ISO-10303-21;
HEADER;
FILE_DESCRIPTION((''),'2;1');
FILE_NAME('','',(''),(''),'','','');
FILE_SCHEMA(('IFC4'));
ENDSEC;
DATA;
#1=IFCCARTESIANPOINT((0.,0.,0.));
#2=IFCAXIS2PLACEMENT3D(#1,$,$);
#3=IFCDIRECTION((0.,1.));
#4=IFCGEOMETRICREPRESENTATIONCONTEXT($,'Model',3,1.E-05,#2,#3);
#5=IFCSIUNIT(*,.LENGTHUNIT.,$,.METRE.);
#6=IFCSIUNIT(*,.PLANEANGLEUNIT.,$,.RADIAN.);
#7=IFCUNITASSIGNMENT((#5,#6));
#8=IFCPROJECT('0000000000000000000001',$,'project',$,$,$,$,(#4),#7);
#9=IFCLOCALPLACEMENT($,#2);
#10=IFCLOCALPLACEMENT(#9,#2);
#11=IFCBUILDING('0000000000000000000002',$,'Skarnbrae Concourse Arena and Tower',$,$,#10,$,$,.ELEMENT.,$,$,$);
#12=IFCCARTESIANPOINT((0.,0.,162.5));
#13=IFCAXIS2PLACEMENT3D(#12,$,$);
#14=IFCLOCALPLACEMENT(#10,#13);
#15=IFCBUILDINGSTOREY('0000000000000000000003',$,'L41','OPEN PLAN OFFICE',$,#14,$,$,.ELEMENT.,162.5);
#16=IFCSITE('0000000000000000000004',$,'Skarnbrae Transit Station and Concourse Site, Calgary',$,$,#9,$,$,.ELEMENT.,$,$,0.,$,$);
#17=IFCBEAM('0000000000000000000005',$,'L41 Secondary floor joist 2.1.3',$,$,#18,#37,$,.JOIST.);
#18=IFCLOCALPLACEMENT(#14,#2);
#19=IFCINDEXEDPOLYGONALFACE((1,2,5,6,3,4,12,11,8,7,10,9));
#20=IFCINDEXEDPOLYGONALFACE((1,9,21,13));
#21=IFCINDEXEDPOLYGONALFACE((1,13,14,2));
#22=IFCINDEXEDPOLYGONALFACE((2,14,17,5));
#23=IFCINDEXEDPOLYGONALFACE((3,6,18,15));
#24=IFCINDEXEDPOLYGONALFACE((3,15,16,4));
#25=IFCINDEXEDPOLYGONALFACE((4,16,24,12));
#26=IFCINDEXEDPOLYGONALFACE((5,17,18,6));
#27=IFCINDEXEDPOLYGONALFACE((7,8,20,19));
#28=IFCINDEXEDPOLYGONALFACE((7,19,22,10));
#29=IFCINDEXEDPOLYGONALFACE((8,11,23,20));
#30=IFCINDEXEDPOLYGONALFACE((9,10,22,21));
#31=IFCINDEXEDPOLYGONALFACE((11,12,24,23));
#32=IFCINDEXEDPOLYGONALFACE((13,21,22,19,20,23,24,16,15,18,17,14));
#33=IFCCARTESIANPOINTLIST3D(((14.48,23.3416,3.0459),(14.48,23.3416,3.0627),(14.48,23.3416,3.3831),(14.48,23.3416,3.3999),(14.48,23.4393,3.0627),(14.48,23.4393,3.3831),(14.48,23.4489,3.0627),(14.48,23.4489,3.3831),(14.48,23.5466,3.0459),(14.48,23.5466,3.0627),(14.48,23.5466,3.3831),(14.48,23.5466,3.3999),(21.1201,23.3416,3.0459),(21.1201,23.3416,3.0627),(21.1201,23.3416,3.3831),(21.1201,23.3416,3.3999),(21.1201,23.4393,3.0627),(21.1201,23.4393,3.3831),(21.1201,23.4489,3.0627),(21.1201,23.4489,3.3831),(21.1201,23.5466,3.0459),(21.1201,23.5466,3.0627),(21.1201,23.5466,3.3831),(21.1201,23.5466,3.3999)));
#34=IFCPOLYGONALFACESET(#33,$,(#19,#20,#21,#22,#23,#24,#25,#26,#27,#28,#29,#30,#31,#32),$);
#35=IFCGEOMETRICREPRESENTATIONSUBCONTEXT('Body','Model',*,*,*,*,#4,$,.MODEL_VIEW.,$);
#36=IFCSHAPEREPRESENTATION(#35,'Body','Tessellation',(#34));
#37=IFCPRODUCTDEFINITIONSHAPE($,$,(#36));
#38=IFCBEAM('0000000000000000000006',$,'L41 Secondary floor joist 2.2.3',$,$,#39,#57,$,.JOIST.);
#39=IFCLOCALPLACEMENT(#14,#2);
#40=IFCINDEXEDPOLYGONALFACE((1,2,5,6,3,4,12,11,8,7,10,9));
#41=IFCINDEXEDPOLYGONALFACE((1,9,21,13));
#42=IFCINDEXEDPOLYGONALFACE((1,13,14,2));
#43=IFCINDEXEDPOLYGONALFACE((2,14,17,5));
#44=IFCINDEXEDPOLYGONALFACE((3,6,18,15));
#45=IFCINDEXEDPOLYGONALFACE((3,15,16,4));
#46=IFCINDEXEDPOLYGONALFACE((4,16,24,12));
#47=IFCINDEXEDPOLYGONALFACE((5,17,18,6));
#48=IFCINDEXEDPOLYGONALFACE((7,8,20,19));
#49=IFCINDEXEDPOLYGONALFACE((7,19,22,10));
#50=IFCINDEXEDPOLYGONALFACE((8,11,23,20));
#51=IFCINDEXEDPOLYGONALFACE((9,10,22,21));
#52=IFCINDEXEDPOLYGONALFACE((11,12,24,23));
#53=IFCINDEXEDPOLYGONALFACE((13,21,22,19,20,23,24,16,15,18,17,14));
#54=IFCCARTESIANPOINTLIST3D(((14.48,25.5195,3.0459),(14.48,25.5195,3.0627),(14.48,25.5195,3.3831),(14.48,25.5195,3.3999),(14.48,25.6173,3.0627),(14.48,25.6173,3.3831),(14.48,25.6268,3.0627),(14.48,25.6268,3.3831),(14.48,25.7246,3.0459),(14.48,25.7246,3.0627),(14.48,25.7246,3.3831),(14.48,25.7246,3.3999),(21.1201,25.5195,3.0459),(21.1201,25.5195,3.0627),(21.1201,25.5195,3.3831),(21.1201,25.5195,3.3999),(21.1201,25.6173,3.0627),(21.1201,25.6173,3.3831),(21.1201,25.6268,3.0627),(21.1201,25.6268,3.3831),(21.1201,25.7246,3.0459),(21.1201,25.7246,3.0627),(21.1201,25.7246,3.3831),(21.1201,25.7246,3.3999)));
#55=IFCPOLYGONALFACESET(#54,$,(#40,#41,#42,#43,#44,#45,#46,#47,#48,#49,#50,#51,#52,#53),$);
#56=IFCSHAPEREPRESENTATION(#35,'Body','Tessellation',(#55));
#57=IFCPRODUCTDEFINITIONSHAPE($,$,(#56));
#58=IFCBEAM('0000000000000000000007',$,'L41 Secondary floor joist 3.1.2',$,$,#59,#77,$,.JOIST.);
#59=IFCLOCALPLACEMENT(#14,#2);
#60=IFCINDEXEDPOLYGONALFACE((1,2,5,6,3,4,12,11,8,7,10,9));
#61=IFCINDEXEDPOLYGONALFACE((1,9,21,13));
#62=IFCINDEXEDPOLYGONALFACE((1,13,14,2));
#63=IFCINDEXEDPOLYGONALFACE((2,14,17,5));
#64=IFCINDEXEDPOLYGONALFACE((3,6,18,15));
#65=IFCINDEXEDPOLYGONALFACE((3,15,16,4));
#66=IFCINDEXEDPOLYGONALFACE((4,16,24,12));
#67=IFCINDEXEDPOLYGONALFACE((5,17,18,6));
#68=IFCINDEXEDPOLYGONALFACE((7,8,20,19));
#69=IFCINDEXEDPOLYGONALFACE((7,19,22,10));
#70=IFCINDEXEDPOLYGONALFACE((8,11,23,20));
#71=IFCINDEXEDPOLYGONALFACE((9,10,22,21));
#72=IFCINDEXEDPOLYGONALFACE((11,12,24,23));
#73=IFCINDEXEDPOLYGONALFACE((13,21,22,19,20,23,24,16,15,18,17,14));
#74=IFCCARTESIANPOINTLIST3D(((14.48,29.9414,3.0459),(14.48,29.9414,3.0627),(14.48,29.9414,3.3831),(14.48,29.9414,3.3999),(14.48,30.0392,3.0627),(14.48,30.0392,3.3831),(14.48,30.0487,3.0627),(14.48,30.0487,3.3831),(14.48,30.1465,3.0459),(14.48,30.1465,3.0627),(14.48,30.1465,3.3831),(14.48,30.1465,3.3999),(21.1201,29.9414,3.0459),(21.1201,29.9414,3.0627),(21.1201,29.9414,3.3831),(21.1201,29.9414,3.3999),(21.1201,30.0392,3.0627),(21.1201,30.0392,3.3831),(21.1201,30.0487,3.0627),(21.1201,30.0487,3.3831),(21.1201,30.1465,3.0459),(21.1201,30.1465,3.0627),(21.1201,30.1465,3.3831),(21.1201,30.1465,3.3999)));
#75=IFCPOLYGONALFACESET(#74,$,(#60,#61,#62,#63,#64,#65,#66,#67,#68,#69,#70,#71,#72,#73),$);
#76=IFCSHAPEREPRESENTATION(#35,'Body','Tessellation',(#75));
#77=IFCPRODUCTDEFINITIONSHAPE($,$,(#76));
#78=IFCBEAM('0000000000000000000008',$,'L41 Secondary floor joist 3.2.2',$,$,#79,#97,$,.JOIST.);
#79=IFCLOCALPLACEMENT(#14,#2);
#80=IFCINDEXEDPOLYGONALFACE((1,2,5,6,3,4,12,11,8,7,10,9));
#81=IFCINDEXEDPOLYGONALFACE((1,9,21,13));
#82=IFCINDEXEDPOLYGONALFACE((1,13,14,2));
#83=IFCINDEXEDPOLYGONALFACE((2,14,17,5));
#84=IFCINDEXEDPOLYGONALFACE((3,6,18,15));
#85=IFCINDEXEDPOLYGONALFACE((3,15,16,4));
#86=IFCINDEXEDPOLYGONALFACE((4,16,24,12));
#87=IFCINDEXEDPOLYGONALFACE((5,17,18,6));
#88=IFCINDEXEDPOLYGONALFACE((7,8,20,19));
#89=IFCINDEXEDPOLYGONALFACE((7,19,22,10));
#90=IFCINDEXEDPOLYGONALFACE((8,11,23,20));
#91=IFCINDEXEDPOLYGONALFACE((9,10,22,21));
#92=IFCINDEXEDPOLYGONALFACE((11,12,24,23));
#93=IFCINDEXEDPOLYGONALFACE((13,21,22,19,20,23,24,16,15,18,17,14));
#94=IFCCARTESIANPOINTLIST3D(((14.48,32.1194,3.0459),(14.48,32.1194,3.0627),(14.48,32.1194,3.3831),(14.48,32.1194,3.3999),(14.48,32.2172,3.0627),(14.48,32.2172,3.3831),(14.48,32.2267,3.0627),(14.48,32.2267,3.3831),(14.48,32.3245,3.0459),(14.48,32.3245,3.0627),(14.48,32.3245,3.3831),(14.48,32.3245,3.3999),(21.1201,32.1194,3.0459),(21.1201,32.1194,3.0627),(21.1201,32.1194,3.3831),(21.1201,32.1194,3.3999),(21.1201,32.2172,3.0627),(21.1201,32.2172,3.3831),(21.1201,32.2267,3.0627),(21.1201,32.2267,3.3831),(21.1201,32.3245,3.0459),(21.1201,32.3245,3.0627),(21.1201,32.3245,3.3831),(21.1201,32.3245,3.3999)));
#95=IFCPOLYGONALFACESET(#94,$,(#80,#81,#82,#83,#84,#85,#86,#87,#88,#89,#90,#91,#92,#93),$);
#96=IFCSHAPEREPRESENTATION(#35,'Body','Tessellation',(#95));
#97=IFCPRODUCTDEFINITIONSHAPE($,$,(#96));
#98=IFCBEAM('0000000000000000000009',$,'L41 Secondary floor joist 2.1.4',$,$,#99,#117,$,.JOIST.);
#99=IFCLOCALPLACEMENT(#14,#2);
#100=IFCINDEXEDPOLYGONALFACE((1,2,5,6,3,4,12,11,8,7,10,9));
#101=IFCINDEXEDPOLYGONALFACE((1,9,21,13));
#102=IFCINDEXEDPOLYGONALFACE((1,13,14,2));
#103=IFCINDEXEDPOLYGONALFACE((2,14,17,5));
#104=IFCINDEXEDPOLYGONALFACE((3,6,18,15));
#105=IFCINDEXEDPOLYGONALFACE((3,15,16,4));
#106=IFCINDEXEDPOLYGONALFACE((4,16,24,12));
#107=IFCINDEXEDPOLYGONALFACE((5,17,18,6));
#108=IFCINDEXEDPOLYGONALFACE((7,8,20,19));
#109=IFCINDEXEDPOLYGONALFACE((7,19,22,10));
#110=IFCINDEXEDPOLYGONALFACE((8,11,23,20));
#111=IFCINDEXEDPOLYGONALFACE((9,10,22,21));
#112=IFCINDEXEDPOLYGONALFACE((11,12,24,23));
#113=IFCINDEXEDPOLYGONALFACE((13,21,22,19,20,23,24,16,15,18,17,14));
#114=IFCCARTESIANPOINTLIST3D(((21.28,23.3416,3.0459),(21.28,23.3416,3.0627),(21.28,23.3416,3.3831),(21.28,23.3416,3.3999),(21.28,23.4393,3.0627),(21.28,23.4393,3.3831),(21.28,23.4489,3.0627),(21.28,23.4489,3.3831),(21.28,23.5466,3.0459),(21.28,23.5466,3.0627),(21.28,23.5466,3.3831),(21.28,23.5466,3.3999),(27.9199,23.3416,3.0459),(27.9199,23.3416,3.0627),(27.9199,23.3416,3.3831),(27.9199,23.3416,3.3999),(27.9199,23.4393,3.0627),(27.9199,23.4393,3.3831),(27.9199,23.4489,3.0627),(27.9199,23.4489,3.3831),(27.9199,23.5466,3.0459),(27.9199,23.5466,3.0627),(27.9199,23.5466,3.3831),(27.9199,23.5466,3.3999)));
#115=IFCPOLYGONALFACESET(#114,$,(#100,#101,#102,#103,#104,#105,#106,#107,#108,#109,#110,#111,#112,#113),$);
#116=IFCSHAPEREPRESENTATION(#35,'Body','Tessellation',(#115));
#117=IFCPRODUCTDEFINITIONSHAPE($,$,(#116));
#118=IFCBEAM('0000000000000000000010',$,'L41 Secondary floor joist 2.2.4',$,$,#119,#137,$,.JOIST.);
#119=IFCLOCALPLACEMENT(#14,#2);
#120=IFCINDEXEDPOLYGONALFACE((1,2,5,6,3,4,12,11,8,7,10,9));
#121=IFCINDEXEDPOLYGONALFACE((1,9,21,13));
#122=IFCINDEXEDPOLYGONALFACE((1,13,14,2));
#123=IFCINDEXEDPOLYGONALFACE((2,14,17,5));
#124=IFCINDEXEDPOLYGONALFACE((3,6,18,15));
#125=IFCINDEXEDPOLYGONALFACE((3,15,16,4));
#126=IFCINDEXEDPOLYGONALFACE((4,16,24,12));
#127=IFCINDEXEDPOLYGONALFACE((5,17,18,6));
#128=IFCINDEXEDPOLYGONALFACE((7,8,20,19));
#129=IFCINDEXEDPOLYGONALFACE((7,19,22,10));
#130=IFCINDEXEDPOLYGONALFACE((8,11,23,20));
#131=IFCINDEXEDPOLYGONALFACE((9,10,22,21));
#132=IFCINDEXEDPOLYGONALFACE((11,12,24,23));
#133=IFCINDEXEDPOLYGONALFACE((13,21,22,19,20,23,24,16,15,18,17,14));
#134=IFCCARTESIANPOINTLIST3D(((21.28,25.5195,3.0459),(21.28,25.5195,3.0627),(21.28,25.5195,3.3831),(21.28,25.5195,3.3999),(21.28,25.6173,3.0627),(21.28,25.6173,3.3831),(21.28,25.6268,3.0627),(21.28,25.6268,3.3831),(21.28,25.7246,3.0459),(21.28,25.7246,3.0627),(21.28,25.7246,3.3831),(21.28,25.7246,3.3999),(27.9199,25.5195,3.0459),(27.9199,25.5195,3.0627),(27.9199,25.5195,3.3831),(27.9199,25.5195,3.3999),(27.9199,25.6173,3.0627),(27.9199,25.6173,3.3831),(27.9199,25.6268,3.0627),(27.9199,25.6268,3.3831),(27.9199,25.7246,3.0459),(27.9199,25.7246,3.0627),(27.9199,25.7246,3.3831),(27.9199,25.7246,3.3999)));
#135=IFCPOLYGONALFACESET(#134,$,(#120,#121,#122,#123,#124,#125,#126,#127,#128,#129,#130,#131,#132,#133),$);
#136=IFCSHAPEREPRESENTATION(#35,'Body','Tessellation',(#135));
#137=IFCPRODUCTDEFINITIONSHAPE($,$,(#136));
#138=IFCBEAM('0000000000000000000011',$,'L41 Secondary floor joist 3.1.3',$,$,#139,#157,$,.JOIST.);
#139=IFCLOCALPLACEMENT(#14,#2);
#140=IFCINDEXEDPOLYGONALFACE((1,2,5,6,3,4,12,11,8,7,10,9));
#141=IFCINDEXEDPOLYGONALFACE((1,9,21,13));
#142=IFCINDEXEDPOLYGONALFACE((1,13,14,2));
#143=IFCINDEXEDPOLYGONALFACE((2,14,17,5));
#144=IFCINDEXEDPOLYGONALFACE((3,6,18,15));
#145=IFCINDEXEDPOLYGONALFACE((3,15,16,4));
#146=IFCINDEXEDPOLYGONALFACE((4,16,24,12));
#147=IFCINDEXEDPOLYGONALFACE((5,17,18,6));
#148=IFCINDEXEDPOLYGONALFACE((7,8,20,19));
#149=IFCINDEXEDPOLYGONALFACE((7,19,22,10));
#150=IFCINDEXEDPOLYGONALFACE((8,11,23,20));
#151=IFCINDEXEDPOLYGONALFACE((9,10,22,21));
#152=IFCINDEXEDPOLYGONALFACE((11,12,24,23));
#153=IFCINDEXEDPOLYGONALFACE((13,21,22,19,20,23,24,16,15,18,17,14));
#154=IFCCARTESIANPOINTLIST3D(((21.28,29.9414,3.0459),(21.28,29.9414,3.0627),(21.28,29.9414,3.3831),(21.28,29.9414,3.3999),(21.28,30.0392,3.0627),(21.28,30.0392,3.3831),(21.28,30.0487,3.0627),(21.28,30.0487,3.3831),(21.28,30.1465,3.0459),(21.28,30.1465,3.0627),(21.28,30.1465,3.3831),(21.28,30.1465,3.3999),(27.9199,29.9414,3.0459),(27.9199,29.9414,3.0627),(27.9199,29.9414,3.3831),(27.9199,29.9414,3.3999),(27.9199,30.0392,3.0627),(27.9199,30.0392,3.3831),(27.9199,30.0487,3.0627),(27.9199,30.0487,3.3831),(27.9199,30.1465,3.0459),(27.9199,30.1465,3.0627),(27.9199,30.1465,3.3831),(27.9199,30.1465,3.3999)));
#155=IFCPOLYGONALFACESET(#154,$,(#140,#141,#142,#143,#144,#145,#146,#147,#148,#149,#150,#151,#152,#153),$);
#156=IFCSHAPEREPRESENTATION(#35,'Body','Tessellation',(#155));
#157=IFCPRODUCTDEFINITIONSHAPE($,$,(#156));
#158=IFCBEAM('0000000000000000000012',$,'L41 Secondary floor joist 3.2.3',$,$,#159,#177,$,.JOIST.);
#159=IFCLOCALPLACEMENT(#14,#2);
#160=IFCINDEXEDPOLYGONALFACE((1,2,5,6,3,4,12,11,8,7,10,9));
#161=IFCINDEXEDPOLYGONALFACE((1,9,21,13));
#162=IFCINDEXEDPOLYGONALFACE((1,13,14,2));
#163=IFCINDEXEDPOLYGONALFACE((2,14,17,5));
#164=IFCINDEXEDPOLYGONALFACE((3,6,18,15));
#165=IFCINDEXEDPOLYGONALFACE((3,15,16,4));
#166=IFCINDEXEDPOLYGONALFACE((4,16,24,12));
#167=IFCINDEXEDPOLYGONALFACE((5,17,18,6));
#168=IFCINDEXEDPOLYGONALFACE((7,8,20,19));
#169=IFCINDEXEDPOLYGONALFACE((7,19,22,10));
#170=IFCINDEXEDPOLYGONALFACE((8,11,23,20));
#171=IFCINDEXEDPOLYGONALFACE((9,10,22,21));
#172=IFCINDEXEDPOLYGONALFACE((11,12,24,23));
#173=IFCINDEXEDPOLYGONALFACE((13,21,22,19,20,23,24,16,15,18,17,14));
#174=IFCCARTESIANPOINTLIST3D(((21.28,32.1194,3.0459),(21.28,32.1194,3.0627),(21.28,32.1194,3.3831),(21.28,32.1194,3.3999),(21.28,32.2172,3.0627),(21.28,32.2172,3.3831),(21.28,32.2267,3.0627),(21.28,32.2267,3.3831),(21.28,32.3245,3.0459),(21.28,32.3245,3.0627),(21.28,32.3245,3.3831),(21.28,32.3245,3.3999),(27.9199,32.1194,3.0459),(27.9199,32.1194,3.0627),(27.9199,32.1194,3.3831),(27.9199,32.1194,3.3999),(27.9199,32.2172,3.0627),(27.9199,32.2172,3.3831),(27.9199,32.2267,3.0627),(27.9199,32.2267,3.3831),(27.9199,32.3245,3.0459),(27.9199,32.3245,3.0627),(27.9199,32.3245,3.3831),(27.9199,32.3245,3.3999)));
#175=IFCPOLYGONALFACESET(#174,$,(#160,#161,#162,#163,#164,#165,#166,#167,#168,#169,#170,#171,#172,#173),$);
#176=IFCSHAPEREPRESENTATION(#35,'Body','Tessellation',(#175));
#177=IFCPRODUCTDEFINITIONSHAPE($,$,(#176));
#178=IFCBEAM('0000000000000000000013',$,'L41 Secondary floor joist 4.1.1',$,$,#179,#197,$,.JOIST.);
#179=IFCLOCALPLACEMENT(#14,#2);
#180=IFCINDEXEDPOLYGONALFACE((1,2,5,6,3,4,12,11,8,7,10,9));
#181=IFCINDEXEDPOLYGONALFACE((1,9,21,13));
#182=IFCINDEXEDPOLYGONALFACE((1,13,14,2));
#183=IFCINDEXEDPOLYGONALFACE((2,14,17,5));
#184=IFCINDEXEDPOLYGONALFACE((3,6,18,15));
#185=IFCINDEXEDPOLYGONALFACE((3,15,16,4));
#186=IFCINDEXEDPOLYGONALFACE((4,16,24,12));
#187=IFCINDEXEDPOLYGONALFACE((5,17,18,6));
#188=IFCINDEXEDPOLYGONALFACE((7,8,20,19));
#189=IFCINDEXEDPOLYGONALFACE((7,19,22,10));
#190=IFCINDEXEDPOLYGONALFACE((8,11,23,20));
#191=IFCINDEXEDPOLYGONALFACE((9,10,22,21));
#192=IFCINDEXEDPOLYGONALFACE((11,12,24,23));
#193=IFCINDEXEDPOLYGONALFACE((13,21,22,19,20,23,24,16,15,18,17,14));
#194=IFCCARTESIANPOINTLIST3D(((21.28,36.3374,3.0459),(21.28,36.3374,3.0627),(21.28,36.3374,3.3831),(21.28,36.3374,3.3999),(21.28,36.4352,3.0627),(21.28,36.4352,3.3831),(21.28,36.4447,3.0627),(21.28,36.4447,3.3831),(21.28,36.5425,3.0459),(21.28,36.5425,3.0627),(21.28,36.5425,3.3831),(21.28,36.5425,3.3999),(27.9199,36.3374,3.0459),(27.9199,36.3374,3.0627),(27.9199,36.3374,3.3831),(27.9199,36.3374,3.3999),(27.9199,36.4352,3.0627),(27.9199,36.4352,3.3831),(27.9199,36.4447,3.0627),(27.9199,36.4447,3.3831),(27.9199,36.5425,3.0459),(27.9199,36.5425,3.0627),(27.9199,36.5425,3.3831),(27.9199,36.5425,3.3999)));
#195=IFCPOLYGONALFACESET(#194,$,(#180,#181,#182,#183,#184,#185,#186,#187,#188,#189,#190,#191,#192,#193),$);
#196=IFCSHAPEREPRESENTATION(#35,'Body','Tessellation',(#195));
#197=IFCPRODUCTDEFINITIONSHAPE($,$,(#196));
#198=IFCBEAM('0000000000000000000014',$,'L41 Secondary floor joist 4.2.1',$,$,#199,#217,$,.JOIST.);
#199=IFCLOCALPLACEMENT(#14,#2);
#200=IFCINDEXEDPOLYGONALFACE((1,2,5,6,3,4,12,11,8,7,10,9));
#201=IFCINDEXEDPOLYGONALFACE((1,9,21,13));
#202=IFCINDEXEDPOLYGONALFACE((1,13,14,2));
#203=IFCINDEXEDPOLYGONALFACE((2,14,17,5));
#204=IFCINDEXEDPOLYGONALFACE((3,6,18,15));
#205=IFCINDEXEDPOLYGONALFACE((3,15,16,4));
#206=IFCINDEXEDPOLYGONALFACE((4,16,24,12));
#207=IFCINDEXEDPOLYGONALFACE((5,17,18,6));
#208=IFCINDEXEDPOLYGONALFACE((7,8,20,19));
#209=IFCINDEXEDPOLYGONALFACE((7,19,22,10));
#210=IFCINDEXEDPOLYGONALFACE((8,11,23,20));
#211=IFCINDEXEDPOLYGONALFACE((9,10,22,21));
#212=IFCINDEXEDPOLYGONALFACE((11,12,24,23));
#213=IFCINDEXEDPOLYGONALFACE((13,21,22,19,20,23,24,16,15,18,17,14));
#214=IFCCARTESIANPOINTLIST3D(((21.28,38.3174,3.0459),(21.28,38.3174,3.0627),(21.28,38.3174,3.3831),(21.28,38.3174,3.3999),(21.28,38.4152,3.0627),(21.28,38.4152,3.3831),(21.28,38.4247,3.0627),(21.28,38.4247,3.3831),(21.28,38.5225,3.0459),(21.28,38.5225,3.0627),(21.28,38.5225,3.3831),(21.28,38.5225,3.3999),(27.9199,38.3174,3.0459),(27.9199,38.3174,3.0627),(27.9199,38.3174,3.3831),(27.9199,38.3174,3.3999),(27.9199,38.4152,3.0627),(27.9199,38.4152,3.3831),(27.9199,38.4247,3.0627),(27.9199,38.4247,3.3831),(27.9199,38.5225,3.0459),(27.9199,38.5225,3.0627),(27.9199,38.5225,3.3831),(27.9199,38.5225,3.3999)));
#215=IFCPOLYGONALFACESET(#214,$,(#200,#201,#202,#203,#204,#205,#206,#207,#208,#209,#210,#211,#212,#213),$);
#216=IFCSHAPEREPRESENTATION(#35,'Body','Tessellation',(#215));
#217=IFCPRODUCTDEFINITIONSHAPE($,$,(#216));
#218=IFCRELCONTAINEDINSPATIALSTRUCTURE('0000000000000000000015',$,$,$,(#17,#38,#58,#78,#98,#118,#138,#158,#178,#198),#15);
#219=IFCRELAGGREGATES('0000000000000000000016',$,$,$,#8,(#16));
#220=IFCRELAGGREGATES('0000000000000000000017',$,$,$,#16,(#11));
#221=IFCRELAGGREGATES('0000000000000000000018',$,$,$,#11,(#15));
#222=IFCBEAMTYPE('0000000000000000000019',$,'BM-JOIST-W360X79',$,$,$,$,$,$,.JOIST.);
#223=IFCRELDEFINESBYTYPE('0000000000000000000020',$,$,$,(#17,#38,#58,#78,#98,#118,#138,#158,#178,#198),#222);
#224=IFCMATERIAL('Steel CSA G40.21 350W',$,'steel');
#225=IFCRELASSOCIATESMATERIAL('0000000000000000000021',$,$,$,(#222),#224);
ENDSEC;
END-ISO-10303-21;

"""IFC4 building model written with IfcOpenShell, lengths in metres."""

from ifc_helpers import new_model, si_unit, direction, frame, origin, origin_2d, place, context, subcontext, project, spatial, i_section, extrude, source, transform, mapped, material, material_profile, profile_set, type_object, element, save


model = new_model("IFC4")

# Units and contexts
model_context = context("Model", 3, precision=1e-05, world=origin(), true_north=direction((0.0, 1.0)))
body_context = subcontext(model_context, "Body", "Model", "MODEL_VIEW")
ifc_project = project(units=[si_unit("LENGTHUNIT", "METRE"), si_unit("PLANEANGLEUNIT", "RADIAN")], contexts=[model_context])

# Site, building, storey
site_placement = place(None, origin())
site = spatial("IfcSite", under=ifc_project, at=site_placement, Name="Skarnbrae Transit Station and Concourse Site, Calgary", CompositionType="ELEMENT", RefElevation=0.0)
building_placement = place(site_placement, origin())
building = spatial("IfcBuilding", under=site, at=building_placement, Name="Skarnbrae Concourse Arena and Tower", CompositionType="ELEMENT")
storey_placement = place(building_placement, frame((0.0, 0.0, 162.5)))
storey = spatial("IfcBuildingStorey", under=building, at=storey_placement, Name="L41", Description="OPEN PLAN OFFICE", CompositionType="ELEMENT", Elevation=162.5)

# Shared definitions
ifc_material_1 = material(Name="Steel CSA G40.21 350W", Category="steel")

# Beams
ifc_material_profile_1 = material_profile(ifc_material_1, i_section(OverallWidth=0.2051, OverallDepth=0.354, WebThickness=0.0095, FlangeThickness=0.0168, at=origin_2d()), Name="W360X79")
ifc_profile_set_1 = profile_set([ifc_material_profile_1], Name="Steel CSA G40.21 350W")
beam_type_1 = type_object("IfcBeamType", Name="BM-JOIST-W360X79", PredefinedType="JOIST", material=ifc_profile_set_1)
shared_shape_1 = source(origin(), body_context, "Body", "SweptSolid", [
    extrude(i_section(OverallWidth=0.2051, OverallDepth=0.354, WebThickness=0.0095, FlangeThickness=0.0168, at=origin_2d()), origin(), (0.0, 0.0, 1.0), 6.6401),
])
for number, where, z_axis, x_axis, name in (
    (1, (14.48, 23.4441, 3.2229), (1.0, 0.0, 0.0), (0.0, 1.0, 0.0), "L41 Secondary floor joist 2.1.3"),
    (2, (14.48, 25.6221, 3.2229), (1.0, 0.0, 0.0), (0.0, 1.0, 0.0), "L41 Secondary floor joist 2.2.3"),
    (3, (14.48, 30.0439, 3.2229), (1.0, 0.0, 0.0), (0.0, 1.0, 0.0), "L41 Secondary floor joist 3.1.2"),
    (4, (14.48, 32.2219, 3.2229), (1.0, 0.0, 0.0), (0.0, 1.0, 0.0), "L41 Secondary floor joist 3.2.2"),
):
    element("IfcBeam", number, at=place(storey_placement, frame(where, z_axis=z_axis, x_axis=x_axis)), inside=storey, type_object=beam_type_1, Name=name, PredefinedType="JOIST", context=body_context, shape_type="MappedRepresentation", body=[
        mapped(shared_shape_1, transform((0.0, 0.0, 0.0))),
    ])
shared_shape_2 = source(origin(), body_context, "Body", "SweptSolid", [
    extrude(i_section(OverallWidth=0.2051, OverallDepth=0.354, WebThickness=0.0095, FlangeThickness=0.0168, at=origin_2d()), origin(), (0.0, 0.0, 1.0), 6.6399),
])
for number, where, z_axis, x_axis, name in (
    (5, (21.28, 23.4441, 3.2229), (1.0, 0.0, 0.0), (0.0, 1.0, 0.0), "L41 Secondary floor joist 2.1.4"),
    (6, (21.28, 25.6221, 3.2229), (1.0, 0.0, 0.0), (0.0, 1.0, 0.0), "L41 Secondary floor joist 2.2.4"),
    (7, (21.28, 30.0439, 3.2229), (1.0, 0.0, 0.0), (0.0, 1.0, 0.0), "L41 Secondary floor joist 3.1.3"),
    (8, (21.28, 32.2219, 3.2229), (1.0, 0.0, 0.0), (0.0, 1.0, 0.0), "L41 Secondary floor joist 3.2.3"),
    (9, (21.28, 36.4399, 3.2229), (1.0, 0.0, 0.0), (0.0, 1.0, 0.0), "L41 Secondary floor joist 4.1.1"),
    (10, (21.28, 38.4199, 3.2229), (1.0, 0.0, 0.0), (0.0, 1.0, 0.0), "L41 Secondary floor joist 4.2.1"),
):
    element("IfcBeam", number, at=place(storey_placement, frame(where, z_axis=z_axis, x_axis=x_axis)), inside=storey, type_object=beam_type_1, Name=name, PredefinedType="JOIST", context=body_context, shape_type="MappedRepresentation", body=[
        mapped(shared_shape_2, transform((0.0, 0.0, 0.0))),
    ])

save(model, "model.ifc")
